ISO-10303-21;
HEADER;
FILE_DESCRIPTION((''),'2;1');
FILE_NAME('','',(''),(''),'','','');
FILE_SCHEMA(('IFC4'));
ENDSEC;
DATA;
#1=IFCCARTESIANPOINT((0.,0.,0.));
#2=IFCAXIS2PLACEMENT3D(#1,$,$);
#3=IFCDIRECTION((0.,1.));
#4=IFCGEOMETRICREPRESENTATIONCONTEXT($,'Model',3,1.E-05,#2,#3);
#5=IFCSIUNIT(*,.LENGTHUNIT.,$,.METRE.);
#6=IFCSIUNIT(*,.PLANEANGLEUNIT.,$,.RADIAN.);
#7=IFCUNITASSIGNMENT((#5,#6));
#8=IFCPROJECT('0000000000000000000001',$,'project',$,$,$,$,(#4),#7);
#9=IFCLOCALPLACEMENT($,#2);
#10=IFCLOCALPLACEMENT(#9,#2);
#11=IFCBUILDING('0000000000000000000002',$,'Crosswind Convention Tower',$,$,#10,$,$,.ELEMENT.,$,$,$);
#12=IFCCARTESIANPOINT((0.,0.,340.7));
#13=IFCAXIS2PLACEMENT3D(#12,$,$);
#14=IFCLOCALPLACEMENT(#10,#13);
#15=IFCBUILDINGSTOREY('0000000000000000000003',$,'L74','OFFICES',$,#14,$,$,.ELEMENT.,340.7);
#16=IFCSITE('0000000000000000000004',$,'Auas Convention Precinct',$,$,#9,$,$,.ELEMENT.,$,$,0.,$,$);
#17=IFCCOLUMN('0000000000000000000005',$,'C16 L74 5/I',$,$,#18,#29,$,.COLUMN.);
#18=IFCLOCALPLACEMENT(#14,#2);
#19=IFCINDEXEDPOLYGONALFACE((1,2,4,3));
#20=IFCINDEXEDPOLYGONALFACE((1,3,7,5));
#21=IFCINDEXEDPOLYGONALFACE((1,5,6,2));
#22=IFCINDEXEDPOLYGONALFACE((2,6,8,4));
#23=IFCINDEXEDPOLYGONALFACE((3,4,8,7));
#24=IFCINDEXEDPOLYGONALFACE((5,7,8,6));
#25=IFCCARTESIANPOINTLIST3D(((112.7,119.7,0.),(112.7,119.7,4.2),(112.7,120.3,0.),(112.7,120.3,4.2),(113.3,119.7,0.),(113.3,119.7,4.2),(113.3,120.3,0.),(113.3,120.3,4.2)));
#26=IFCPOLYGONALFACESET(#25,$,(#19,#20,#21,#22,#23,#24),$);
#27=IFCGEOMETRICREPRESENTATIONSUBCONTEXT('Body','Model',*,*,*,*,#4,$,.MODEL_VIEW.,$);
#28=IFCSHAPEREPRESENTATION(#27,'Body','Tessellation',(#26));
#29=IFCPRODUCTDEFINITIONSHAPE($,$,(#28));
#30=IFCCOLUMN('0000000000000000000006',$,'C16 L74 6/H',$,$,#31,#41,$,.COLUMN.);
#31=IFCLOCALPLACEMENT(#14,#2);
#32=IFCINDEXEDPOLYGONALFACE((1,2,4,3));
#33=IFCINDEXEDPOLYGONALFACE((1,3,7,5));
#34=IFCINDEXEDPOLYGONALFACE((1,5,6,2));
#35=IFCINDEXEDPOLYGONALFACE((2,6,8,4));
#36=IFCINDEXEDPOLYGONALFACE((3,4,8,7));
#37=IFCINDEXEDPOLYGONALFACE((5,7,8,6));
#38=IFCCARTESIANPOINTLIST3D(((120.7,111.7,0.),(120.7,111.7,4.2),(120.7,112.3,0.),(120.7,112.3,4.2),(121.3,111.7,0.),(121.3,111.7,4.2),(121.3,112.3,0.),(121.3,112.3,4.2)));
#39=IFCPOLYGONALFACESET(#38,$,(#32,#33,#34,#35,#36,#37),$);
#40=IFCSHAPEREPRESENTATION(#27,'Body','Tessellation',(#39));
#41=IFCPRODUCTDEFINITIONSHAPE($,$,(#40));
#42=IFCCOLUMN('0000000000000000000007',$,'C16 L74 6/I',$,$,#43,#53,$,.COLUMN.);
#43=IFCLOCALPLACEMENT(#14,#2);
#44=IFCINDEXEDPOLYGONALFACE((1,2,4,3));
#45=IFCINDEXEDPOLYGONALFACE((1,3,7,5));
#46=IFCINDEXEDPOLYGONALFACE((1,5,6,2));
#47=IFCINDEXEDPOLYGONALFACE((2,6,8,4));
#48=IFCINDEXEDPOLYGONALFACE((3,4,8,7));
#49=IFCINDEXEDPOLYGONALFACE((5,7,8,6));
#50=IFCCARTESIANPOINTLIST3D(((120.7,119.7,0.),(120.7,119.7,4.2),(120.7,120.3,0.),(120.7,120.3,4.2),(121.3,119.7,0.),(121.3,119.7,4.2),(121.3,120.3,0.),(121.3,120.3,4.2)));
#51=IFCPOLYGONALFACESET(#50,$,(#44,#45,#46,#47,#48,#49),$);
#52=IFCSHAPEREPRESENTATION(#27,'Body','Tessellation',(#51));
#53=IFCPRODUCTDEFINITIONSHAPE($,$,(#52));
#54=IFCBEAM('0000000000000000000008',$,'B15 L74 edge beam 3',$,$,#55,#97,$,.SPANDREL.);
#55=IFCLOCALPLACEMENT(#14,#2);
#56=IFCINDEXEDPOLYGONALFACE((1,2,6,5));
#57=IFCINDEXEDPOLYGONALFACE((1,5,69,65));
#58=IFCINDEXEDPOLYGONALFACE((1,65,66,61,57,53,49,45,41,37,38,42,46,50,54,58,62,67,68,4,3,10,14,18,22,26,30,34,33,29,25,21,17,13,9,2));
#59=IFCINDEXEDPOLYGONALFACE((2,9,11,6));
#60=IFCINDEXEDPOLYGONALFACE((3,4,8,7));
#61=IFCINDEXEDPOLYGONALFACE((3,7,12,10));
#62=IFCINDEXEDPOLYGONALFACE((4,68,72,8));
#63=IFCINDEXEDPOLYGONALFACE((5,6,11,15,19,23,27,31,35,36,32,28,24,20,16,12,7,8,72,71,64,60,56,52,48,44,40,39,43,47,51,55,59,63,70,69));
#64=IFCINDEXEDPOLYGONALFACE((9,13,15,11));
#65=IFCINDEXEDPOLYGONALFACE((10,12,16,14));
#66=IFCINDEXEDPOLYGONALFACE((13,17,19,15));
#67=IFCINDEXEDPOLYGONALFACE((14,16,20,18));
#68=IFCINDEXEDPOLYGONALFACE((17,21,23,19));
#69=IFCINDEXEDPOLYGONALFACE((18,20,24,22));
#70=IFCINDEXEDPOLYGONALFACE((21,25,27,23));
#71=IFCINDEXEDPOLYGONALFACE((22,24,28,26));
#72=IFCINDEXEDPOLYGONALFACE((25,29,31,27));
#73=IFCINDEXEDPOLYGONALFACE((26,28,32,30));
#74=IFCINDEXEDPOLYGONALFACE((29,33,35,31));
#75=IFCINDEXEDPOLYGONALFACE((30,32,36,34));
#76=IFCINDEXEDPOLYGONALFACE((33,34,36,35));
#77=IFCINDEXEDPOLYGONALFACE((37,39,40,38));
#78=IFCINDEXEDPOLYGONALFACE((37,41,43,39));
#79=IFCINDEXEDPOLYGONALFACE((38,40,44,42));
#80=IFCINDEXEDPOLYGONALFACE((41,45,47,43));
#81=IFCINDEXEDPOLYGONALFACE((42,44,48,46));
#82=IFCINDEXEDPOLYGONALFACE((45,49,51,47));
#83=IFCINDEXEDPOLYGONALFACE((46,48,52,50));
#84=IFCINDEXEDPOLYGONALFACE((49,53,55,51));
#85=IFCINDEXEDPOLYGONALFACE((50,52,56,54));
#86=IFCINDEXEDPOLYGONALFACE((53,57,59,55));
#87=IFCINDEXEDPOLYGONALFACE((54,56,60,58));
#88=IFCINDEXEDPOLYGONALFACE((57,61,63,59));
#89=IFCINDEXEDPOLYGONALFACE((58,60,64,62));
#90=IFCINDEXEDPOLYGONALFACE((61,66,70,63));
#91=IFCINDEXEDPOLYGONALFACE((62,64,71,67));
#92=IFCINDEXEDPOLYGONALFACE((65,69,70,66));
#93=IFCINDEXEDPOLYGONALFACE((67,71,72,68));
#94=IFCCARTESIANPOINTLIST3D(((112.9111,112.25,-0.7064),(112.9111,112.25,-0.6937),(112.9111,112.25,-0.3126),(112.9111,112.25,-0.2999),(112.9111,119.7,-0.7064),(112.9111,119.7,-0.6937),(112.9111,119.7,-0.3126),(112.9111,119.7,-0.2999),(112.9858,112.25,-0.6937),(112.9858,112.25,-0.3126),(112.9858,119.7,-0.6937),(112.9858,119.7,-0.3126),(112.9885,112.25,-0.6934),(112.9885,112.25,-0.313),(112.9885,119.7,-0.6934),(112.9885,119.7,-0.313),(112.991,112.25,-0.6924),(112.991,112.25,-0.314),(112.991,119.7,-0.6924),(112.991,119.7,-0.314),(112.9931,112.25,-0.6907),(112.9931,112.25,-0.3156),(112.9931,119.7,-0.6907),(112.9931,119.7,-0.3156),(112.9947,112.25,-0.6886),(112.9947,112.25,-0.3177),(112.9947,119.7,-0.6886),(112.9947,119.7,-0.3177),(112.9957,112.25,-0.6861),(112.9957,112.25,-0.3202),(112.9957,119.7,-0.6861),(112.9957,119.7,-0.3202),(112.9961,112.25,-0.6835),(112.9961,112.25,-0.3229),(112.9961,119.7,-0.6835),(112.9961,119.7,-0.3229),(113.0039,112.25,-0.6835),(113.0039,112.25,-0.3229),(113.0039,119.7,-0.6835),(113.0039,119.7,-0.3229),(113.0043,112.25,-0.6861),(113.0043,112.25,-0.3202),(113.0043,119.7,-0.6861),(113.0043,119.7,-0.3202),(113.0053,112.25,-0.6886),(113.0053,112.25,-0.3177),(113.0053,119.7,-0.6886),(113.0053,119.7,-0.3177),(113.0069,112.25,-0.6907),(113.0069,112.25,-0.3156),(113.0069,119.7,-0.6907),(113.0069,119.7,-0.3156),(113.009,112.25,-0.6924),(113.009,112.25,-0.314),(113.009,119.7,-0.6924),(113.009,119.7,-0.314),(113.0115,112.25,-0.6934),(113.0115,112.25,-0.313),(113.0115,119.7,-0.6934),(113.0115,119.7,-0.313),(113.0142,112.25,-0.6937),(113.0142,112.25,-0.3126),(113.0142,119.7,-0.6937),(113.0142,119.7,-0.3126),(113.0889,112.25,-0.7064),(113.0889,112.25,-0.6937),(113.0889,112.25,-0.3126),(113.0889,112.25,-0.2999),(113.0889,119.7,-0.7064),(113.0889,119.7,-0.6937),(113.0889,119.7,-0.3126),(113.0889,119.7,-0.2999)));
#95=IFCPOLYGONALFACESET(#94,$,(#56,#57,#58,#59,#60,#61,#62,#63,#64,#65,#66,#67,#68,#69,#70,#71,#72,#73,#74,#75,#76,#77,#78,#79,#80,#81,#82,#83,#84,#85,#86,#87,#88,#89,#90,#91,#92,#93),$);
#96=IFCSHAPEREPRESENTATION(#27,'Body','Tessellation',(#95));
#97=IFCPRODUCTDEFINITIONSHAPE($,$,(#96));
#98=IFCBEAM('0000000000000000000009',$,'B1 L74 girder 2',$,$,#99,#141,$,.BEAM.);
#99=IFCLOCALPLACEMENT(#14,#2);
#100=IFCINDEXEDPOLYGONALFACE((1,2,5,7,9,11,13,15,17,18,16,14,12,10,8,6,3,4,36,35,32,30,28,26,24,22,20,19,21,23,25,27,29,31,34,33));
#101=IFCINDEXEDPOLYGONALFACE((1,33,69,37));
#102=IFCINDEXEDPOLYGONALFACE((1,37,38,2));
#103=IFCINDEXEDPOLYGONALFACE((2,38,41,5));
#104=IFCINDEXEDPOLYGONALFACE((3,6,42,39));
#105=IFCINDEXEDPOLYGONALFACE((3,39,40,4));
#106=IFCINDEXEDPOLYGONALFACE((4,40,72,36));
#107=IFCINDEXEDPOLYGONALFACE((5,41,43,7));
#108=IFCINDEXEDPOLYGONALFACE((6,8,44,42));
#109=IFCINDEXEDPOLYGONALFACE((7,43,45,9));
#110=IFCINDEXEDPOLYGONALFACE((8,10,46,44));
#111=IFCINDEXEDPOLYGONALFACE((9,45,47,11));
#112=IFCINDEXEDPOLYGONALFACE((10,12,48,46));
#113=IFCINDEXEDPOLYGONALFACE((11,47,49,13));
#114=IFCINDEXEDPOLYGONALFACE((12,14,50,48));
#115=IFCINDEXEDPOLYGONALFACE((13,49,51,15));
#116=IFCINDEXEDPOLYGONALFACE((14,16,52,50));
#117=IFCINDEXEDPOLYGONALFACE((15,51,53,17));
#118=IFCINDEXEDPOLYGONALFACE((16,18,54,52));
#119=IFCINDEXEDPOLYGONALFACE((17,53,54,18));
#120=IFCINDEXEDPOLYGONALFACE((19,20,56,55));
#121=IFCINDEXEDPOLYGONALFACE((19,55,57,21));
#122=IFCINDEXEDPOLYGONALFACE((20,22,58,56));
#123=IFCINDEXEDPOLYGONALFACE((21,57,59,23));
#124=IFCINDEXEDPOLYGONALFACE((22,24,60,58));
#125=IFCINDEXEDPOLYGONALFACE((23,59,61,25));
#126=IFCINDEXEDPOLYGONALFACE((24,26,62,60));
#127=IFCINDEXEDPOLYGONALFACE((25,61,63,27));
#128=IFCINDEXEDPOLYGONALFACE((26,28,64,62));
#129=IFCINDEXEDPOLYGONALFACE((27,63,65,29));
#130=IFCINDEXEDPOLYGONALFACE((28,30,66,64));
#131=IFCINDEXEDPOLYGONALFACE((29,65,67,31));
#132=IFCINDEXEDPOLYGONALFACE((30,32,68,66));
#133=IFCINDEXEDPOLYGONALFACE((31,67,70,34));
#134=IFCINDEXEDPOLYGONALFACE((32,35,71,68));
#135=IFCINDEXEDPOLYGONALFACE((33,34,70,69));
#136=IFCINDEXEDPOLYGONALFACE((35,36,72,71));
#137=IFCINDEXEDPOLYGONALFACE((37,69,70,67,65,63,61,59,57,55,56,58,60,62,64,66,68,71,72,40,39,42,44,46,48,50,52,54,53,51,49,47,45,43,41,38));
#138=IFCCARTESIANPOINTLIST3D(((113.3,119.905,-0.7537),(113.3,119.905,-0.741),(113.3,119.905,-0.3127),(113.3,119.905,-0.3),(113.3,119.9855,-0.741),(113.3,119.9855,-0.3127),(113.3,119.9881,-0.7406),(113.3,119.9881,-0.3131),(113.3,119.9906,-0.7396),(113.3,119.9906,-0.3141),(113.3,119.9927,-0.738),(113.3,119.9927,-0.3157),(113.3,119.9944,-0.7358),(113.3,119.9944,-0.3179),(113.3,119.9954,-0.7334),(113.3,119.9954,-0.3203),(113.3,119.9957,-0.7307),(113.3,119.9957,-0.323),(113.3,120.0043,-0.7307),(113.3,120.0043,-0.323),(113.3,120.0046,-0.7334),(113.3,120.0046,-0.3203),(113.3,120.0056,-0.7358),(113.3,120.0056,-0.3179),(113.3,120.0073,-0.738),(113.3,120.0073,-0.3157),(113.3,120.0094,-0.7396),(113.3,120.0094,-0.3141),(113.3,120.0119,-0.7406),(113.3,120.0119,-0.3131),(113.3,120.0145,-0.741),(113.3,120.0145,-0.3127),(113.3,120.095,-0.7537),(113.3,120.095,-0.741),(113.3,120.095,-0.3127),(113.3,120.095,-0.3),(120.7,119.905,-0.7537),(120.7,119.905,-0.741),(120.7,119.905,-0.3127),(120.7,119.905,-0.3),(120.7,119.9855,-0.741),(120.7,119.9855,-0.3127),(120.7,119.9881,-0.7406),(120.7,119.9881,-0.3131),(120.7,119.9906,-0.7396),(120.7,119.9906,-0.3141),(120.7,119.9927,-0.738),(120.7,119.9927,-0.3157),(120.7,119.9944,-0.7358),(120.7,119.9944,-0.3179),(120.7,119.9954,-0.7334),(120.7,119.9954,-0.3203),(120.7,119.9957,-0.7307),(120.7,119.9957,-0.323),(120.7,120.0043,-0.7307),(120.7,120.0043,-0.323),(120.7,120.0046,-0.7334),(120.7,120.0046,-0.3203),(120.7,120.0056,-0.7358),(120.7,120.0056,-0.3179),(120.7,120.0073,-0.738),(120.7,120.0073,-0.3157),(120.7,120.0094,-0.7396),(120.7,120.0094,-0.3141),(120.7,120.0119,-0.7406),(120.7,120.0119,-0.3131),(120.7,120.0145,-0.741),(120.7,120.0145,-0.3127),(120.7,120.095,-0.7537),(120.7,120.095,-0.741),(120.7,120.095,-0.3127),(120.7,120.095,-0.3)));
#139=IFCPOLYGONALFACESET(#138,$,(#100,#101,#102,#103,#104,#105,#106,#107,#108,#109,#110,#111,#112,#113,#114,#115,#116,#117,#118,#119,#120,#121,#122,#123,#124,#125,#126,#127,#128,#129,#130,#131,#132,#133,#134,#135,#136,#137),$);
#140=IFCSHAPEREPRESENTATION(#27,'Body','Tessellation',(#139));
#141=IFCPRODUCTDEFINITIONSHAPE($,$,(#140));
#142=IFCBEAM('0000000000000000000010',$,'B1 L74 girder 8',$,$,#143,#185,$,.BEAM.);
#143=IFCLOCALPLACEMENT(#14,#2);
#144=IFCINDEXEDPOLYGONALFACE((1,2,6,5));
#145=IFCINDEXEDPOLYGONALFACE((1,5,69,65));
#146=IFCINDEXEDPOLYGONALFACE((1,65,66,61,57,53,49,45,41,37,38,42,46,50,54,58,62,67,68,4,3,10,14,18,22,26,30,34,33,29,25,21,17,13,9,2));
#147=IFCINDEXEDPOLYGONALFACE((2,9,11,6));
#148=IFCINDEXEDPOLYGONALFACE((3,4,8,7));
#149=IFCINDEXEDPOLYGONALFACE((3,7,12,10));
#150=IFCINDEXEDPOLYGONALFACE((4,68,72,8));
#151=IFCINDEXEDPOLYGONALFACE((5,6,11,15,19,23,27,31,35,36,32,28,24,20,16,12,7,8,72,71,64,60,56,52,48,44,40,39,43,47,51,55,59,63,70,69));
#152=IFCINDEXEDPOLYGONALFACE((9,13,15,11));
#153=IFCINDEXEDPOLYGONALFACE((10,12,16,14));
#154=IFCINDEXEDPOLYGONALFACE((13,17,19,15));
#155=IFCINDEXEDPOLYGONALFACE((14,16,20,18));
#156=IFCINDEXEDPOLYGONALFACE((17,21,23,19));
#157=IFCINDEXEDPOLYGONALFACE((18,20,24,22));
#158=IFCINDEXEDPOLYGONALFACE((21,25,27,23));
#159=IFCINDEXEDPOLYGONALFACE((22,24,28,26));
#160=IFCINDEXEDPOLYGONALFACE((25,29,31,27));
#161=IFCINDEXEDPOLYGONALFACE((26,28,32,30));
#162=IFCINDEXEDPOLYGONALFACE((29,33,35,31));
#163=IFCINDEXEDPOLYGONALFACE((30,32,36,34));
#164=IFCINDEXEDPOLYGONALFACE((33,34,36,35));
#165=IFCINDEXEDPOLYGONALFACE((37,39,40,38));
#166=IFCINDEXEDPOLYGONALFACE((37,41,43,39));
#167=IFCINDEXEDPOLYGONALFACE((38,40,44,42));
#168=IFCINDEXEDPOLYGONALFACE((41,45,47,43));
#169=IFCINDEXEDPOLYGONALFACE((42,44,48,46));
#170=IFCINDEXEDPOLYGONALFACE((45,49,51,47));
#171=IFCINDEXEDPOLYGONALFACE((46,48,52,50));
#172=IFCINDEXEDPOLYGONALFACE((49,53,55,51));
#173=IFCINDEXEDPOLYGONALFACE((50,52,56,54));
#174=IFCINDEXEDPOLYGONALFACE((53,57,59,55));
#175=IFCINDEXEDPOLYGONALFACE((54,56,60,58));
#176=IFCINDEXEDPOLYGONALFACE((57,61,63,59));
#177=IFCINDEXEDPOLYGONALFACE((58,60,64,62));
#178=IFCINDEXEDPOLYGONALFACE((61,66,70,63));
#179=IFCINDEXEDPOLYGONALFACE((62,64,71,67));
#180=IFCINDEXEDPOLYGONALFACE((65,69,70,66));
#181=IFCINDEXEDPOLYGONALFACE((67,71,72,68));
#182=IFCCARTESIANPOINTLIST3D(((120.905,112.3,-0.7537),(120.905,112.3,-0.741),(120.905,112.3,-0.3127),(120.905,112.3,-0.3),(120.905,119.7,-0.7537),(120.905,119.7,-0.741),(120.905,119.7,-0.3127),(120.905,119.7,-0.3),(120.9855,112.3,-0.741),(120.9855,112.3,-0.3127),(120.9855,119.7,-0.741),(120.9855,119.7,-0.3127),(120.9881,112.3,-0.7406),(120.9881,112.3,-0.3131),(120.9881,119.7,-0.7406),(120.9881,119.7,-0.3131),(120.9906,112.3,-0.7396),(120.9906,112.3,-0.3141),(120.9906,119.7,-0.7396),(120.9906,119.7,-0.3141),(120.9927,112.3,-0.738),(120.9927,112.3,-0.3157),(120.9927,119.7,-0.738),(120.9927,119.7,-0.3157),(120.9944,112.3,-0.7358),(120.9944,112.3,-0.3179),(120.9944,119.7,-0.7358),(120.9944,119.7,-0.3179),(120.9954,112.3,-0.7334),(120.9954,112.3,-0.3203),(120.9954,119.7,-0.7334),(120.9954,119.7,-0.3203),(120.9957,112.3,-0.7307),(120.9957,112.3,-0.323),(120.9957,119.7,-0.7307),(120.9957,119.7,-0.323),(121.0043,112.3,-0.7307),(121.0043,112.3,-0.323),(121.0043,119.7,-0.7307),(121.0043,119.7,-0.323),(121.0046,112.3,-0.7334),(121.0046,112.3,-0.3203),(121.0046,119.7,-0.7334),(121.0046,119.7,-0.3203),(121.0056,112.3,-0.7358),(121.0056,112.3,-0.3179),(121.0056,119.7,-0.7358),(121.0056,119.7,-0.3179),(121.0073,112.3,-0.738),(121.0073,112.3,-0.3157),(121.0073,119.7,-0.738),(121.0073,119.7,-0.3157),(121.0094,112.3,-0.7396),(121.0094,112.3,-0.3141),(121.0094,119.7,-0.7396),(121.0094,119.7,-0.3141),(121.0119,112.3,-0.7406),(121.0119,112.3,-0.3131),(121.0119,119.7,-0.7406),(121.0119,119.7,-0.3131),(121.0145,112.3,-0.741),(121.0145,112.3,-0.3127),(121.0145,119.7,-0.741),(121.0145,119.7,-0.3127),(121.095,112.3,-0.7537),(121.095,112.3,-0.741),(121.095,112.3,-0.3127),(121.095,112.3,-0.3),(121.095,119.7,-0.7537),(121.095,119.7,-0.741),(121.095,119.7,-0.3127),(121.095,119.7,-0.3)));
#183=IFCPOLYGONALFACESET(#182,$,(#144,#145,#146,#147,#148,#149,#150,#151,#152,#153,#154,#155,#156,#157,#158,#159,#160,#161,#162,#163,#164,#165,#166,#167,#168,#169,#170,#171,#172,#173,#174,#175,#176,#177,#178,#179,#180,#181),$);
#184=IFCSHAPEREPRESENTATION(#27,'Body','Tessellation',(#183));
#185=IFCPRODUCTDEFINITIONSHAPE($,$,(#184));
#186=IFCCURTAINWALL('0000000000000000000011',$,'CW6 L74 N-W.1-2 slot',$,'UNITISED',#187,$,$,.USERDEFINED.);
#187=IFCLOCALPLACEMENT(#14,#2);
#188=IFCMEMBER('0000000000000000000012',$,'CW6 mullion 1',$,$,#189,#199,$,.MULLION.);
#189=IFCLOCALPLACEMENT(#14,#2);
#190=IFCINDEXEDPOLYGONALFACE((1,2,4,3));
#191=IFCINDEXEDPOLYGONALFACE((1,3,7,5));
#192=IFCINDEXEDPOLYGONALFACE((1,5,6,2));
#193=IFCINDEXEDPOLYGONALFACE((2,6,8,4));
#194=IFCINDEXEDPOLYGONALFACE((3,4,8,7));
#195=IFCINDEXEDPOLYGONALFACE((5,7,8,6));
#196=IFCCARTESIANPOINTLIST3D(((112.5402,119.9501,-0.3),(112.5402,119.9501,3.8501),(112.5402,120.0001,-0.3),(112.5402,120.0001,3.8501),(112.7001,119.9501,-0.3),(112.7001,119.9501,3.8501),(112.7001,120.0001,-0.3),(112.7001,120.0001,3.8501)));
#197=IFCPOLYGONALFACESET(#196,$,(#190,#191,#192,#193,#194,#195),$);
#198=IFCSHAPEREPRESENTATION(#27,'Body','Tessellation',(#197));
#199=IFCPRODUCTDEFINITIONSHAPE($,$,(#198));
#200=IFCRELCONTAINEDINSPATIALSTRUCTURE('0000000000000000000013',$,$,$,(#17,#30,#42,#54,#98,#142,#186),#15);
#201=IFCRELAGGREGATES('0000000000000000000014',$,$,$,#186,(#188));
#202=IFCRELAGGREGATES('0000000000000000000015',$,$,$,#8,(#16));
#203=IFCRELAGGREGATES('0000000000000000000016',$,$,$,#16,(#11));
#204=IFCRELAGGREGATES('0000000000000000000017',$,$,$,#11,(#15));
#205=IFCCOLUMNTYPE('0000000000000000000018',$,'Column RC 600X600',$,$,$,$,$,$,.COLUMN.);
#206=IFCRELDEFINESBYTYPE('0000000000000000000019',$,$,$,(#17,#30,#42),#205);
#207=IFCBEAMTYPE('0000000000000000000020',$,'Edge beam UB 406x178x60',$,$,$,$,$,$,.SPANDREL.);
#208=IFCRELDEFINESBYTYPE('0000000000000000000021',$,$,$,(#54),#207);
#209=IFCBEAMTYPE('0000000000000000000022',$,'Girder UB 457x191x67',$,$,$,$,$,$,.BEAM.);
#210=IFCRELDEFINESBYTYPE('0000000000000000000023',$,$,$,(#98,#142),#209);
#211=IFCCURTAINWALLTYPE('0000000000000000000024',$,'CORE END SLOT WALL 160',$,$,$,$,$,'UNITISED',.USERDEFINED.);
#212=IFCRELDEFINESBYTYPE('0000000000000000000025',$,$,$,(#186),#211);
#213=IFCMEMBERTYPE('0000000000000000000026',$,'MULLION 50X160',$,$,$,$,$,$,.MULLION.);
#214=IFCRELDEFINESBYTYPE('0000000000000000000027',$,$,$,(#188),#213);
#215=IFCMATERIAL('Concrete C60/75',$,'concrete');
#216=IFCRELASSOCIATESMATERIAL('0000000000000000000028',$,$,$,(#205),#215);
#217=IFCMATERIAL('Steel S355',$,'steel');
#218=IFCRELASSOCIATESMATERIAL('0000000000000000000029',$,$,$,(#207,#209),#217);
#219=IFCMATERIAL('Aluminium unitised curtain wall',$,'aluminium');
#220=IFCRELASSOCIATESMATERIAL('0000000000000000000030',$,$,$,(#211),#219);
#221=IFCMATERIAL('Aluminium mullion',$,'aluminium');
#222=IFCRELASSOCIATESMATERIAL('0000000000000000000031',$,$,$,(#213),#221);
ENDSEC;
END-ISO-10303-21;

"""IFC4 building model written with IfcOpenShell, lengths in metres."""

from ifc_helpers import new_model, si_unit, direction, frame, origin, origin_2d, place, context, subcontext, project, spatial, rectangle, i_section, extrude, material, material_profile, profile_set, type_object, element, aggregate, save


model = new_model("IFC4")

# Units and contexts
model_context = context("Model", 3, precision=1e-05, world=origin(), true_north=direction((0.0, 1.0)))
body_context = subcontext(model_context, "Body", "Model", "MODEL_VIEW")
ifc_project = project(units=[si_unit("LENGTHUNIT", "METRE"), si_unit("PLANEANGLEUNIT", "RADIAN")], contexts=[model_context])

# Site, building, storey
site_placement = place(None, origin())
site = spatial("IfcSite", under=ifc_project, at=site_placement, Name="Auas Convention Precinct", CompositionType="ELEMENT", RefElevation=0.0)
building_placement = place(site_placement, origin())
building = spatial("IfcBuilding", under=site, at=building_placement, Name="Crosswind Convention Tower", CompositionType="ELEMENT")
storey_placement = place(building_placement, frame((0.0, 0.0, 340.7)))
storey = spatial("IfcBuildingStorey", under=building, at=storey_placement, Name="L74", Description="OFFICES", CompositionType="ELEMENT", Elevation=340.7)

# Columns
ifc_material_1 = material(Name="Concrete C60/75", Category="concrete")
ifc_material_profile_1 = material_profile(ifc_material_1, rectangle(XDim=0.6001, YDim=0.6001, at=origin_2d()), Name="RC 600X600")
ifc_profile_set_1 = profile_set([ifc_material_profile_1], Name="Concrete C60/75")
column_type = type_object("IfcColumnType", Name="Column RC 600X600", PredefinedType="COLUMN", material=ifc_profile_set_1)
for number, where, z_axis, x_axis, name in (
    (1, (113.0, 120.0, 0.0), (0.0, 0.0, 1.0), (1.0, 0.0, 0.0), "C16 L74 5/I"),
    (2, (121.0, 112.0, 0.0), (0.0, 0.0, 1.0), (1.0, 0.0, 0.0), "C16 L74 6/H"),
    (3, (121.0, 120.0, 0.0), (0.0, 0.0, 1.0), (1.0, 0.0, 0.0), "C16 L74 6/I"),
):
    element("IfcColumn", number, at=place(storey_placement, frame(where, z_axis=z_axis, x_axis=x_axis)), inside=storey, type_object=column_type, Name=name, PredefinedType="COLUMN", context=body_context, shape_type="SweptSolid", body=[
        extrude(rectangle(XDim=0.6001, YDim=0.6001, at=origin_2d()), origin(), (0.0, 0.0, 1.0), 4.2),
    ])

# Beams
ifc_material_2 = material(Name="Steel S355", Category="steel")
ifc_material_profile_2 = material_profile(ifc_material_2, i_section(OverallWidth=0.1777, OverallDepth=0.4065, WebThickness=0.0078, FlangeThickness=0.0127, FilletRadius=0.0103, at=origin_2d()), Name="UB 406x178x60")
ifc_profile_set_2 = profile_set([ifc_material_profile_2], Name="Steel S355")
beam_type_1 = type_object("IfcBeamType", Name="Edge beam UB 406x178x60", PredefinedType="SPANDREL", material=ifc_profile_set_2)
beam_1_placement = place(storey_placement, frame((113.0, 112.25, -0.5032), z_axis=(0.0, 1.0, 0.0), x_axis=(-1.0, 0.0, 0.0)))
element("IfcBeam", 4, at=beam_1_placement, inside=storey, type_object=beam_type_1, Name="B15 L74 edge beam 3", PredefinedType="SPANDREL", context=body_context, shape_type="SweptSolid", body=[
    extrude(i_section(OverallWidth=0.1777, OverallDepth=0.4065, WebThickness=0.0078, FlangeThickness=0.0127, FilletRadius=0.0103, at=origin_2d()), origin(), (0.0, 0.0, 1.0), 7.45),
])
ifc_material_profile_3 = material_profile(ifc_material_2, i_section(OverallWidth=0.1899, OverallDepth=0.4536, WebThickness=0.0085, FlangeThickness=0.0127, FilletRadius=0.0103, at=origin_2d()), Name="UB 457x191x67")
ifc_profile_set_3 = profile_set([ifc_material_profile_3], Name="Steel S355")
beam_type_2 = type_object("IfcBeamType", Name="Girder UB 457x191x67", PredefinedType="BEAM", material=ifc_profile_set_3)
for number, where, z_axis, x_axis, name in (
    (5, (113.3, 120.0, -0.5269), (1.0, 0.0, 0.0), (0.0, 1.0, 0.0), "B1 L74 girder 2"),
    (6, (121.0, 112.3, -0.5269), (0.0, 1.0, 0.0), (-1.0, 0.0, 0.0), "B1 L74 girder 8"),
):
    element("IfcBeam", number, at=place(storey_placement, frame(where, z_axis=z_axis, x_axis=x_axis)), inside=storey, type_object=beam_type_2, Name=name, PredefinedType="BEAM", context=body_context, shape_type="SweptSolid", body=[
        extrude(i_section(OverallWidth=0.1899, OverallDepth=0.4536, WebThickness=0.0085, FlangeThickness=0.0127, FilletRadius=0.0103, at=origin_2d()), origin(), (0.0, 0.0, 1.0), 7.3999),
    ])

# Curtain wall, member
ifc_material_3 = material(Name="Aluminium unitised curtain wall", Category="aluminium")
curtain_wall_type_1 = type_object("IfcCurtainWallType", Name="CORE END SLOT WALL 160", ElementType="UNITISED", PredefinedType="USERDEFINED", material=ifc_material_3)
curtain_wall_1_placement = place(storey_placement, origin())
curtain_wall_1 = element("IfcCurtainWall", 7, at=curtain_wall_1_placement, inside=storey, type_object=curtain_wall_type_1, Name="CW6 L74 N-W.1-2 slot", ObjectType="UNITISED", PredefinedType="USERDEFINED")
ifc_material_4 = material(Name="Aluminium mullion", Category="aluminium")
ifc_material_profile_4 = material_profile(ifc_material_4, rectangle(XDim=0.1599, YDim=0.05, at=origin_2d()), Name="AL 160X50")
ifc_profile_set_4 = profile_set([ifc_material_profile_4], Name="Aluminium mullion")
member_type_1 = type_object("IfcMemberType", Name="MULLION 50X160", PredefinedType="MULLION", material=ifc_profile_set_4)
member_1_placement = place(storey_placement, frame((112.6201, 119.9751, -0.3), z_axis=(0.0, 0.0, 1.0), x_axis=(-1.0, 0.0, 0.0)))
member_1 = element("IfcMember", 8, at=member_1_placement, type_object=member_type_1, Name="CW6 mullion 1", PredefinedType="MULLION", context=body_context, shape_type="SweptSolid", body=[
    extrude(rectangle(XDim=0.1599, YDim=0.05, at=origin_2d()), origin(), (0.0, 0.0, 1.0), 4.1501),
])

aggregate(curtain_wall_1, [member_1])

save(model, "model.ifc")
